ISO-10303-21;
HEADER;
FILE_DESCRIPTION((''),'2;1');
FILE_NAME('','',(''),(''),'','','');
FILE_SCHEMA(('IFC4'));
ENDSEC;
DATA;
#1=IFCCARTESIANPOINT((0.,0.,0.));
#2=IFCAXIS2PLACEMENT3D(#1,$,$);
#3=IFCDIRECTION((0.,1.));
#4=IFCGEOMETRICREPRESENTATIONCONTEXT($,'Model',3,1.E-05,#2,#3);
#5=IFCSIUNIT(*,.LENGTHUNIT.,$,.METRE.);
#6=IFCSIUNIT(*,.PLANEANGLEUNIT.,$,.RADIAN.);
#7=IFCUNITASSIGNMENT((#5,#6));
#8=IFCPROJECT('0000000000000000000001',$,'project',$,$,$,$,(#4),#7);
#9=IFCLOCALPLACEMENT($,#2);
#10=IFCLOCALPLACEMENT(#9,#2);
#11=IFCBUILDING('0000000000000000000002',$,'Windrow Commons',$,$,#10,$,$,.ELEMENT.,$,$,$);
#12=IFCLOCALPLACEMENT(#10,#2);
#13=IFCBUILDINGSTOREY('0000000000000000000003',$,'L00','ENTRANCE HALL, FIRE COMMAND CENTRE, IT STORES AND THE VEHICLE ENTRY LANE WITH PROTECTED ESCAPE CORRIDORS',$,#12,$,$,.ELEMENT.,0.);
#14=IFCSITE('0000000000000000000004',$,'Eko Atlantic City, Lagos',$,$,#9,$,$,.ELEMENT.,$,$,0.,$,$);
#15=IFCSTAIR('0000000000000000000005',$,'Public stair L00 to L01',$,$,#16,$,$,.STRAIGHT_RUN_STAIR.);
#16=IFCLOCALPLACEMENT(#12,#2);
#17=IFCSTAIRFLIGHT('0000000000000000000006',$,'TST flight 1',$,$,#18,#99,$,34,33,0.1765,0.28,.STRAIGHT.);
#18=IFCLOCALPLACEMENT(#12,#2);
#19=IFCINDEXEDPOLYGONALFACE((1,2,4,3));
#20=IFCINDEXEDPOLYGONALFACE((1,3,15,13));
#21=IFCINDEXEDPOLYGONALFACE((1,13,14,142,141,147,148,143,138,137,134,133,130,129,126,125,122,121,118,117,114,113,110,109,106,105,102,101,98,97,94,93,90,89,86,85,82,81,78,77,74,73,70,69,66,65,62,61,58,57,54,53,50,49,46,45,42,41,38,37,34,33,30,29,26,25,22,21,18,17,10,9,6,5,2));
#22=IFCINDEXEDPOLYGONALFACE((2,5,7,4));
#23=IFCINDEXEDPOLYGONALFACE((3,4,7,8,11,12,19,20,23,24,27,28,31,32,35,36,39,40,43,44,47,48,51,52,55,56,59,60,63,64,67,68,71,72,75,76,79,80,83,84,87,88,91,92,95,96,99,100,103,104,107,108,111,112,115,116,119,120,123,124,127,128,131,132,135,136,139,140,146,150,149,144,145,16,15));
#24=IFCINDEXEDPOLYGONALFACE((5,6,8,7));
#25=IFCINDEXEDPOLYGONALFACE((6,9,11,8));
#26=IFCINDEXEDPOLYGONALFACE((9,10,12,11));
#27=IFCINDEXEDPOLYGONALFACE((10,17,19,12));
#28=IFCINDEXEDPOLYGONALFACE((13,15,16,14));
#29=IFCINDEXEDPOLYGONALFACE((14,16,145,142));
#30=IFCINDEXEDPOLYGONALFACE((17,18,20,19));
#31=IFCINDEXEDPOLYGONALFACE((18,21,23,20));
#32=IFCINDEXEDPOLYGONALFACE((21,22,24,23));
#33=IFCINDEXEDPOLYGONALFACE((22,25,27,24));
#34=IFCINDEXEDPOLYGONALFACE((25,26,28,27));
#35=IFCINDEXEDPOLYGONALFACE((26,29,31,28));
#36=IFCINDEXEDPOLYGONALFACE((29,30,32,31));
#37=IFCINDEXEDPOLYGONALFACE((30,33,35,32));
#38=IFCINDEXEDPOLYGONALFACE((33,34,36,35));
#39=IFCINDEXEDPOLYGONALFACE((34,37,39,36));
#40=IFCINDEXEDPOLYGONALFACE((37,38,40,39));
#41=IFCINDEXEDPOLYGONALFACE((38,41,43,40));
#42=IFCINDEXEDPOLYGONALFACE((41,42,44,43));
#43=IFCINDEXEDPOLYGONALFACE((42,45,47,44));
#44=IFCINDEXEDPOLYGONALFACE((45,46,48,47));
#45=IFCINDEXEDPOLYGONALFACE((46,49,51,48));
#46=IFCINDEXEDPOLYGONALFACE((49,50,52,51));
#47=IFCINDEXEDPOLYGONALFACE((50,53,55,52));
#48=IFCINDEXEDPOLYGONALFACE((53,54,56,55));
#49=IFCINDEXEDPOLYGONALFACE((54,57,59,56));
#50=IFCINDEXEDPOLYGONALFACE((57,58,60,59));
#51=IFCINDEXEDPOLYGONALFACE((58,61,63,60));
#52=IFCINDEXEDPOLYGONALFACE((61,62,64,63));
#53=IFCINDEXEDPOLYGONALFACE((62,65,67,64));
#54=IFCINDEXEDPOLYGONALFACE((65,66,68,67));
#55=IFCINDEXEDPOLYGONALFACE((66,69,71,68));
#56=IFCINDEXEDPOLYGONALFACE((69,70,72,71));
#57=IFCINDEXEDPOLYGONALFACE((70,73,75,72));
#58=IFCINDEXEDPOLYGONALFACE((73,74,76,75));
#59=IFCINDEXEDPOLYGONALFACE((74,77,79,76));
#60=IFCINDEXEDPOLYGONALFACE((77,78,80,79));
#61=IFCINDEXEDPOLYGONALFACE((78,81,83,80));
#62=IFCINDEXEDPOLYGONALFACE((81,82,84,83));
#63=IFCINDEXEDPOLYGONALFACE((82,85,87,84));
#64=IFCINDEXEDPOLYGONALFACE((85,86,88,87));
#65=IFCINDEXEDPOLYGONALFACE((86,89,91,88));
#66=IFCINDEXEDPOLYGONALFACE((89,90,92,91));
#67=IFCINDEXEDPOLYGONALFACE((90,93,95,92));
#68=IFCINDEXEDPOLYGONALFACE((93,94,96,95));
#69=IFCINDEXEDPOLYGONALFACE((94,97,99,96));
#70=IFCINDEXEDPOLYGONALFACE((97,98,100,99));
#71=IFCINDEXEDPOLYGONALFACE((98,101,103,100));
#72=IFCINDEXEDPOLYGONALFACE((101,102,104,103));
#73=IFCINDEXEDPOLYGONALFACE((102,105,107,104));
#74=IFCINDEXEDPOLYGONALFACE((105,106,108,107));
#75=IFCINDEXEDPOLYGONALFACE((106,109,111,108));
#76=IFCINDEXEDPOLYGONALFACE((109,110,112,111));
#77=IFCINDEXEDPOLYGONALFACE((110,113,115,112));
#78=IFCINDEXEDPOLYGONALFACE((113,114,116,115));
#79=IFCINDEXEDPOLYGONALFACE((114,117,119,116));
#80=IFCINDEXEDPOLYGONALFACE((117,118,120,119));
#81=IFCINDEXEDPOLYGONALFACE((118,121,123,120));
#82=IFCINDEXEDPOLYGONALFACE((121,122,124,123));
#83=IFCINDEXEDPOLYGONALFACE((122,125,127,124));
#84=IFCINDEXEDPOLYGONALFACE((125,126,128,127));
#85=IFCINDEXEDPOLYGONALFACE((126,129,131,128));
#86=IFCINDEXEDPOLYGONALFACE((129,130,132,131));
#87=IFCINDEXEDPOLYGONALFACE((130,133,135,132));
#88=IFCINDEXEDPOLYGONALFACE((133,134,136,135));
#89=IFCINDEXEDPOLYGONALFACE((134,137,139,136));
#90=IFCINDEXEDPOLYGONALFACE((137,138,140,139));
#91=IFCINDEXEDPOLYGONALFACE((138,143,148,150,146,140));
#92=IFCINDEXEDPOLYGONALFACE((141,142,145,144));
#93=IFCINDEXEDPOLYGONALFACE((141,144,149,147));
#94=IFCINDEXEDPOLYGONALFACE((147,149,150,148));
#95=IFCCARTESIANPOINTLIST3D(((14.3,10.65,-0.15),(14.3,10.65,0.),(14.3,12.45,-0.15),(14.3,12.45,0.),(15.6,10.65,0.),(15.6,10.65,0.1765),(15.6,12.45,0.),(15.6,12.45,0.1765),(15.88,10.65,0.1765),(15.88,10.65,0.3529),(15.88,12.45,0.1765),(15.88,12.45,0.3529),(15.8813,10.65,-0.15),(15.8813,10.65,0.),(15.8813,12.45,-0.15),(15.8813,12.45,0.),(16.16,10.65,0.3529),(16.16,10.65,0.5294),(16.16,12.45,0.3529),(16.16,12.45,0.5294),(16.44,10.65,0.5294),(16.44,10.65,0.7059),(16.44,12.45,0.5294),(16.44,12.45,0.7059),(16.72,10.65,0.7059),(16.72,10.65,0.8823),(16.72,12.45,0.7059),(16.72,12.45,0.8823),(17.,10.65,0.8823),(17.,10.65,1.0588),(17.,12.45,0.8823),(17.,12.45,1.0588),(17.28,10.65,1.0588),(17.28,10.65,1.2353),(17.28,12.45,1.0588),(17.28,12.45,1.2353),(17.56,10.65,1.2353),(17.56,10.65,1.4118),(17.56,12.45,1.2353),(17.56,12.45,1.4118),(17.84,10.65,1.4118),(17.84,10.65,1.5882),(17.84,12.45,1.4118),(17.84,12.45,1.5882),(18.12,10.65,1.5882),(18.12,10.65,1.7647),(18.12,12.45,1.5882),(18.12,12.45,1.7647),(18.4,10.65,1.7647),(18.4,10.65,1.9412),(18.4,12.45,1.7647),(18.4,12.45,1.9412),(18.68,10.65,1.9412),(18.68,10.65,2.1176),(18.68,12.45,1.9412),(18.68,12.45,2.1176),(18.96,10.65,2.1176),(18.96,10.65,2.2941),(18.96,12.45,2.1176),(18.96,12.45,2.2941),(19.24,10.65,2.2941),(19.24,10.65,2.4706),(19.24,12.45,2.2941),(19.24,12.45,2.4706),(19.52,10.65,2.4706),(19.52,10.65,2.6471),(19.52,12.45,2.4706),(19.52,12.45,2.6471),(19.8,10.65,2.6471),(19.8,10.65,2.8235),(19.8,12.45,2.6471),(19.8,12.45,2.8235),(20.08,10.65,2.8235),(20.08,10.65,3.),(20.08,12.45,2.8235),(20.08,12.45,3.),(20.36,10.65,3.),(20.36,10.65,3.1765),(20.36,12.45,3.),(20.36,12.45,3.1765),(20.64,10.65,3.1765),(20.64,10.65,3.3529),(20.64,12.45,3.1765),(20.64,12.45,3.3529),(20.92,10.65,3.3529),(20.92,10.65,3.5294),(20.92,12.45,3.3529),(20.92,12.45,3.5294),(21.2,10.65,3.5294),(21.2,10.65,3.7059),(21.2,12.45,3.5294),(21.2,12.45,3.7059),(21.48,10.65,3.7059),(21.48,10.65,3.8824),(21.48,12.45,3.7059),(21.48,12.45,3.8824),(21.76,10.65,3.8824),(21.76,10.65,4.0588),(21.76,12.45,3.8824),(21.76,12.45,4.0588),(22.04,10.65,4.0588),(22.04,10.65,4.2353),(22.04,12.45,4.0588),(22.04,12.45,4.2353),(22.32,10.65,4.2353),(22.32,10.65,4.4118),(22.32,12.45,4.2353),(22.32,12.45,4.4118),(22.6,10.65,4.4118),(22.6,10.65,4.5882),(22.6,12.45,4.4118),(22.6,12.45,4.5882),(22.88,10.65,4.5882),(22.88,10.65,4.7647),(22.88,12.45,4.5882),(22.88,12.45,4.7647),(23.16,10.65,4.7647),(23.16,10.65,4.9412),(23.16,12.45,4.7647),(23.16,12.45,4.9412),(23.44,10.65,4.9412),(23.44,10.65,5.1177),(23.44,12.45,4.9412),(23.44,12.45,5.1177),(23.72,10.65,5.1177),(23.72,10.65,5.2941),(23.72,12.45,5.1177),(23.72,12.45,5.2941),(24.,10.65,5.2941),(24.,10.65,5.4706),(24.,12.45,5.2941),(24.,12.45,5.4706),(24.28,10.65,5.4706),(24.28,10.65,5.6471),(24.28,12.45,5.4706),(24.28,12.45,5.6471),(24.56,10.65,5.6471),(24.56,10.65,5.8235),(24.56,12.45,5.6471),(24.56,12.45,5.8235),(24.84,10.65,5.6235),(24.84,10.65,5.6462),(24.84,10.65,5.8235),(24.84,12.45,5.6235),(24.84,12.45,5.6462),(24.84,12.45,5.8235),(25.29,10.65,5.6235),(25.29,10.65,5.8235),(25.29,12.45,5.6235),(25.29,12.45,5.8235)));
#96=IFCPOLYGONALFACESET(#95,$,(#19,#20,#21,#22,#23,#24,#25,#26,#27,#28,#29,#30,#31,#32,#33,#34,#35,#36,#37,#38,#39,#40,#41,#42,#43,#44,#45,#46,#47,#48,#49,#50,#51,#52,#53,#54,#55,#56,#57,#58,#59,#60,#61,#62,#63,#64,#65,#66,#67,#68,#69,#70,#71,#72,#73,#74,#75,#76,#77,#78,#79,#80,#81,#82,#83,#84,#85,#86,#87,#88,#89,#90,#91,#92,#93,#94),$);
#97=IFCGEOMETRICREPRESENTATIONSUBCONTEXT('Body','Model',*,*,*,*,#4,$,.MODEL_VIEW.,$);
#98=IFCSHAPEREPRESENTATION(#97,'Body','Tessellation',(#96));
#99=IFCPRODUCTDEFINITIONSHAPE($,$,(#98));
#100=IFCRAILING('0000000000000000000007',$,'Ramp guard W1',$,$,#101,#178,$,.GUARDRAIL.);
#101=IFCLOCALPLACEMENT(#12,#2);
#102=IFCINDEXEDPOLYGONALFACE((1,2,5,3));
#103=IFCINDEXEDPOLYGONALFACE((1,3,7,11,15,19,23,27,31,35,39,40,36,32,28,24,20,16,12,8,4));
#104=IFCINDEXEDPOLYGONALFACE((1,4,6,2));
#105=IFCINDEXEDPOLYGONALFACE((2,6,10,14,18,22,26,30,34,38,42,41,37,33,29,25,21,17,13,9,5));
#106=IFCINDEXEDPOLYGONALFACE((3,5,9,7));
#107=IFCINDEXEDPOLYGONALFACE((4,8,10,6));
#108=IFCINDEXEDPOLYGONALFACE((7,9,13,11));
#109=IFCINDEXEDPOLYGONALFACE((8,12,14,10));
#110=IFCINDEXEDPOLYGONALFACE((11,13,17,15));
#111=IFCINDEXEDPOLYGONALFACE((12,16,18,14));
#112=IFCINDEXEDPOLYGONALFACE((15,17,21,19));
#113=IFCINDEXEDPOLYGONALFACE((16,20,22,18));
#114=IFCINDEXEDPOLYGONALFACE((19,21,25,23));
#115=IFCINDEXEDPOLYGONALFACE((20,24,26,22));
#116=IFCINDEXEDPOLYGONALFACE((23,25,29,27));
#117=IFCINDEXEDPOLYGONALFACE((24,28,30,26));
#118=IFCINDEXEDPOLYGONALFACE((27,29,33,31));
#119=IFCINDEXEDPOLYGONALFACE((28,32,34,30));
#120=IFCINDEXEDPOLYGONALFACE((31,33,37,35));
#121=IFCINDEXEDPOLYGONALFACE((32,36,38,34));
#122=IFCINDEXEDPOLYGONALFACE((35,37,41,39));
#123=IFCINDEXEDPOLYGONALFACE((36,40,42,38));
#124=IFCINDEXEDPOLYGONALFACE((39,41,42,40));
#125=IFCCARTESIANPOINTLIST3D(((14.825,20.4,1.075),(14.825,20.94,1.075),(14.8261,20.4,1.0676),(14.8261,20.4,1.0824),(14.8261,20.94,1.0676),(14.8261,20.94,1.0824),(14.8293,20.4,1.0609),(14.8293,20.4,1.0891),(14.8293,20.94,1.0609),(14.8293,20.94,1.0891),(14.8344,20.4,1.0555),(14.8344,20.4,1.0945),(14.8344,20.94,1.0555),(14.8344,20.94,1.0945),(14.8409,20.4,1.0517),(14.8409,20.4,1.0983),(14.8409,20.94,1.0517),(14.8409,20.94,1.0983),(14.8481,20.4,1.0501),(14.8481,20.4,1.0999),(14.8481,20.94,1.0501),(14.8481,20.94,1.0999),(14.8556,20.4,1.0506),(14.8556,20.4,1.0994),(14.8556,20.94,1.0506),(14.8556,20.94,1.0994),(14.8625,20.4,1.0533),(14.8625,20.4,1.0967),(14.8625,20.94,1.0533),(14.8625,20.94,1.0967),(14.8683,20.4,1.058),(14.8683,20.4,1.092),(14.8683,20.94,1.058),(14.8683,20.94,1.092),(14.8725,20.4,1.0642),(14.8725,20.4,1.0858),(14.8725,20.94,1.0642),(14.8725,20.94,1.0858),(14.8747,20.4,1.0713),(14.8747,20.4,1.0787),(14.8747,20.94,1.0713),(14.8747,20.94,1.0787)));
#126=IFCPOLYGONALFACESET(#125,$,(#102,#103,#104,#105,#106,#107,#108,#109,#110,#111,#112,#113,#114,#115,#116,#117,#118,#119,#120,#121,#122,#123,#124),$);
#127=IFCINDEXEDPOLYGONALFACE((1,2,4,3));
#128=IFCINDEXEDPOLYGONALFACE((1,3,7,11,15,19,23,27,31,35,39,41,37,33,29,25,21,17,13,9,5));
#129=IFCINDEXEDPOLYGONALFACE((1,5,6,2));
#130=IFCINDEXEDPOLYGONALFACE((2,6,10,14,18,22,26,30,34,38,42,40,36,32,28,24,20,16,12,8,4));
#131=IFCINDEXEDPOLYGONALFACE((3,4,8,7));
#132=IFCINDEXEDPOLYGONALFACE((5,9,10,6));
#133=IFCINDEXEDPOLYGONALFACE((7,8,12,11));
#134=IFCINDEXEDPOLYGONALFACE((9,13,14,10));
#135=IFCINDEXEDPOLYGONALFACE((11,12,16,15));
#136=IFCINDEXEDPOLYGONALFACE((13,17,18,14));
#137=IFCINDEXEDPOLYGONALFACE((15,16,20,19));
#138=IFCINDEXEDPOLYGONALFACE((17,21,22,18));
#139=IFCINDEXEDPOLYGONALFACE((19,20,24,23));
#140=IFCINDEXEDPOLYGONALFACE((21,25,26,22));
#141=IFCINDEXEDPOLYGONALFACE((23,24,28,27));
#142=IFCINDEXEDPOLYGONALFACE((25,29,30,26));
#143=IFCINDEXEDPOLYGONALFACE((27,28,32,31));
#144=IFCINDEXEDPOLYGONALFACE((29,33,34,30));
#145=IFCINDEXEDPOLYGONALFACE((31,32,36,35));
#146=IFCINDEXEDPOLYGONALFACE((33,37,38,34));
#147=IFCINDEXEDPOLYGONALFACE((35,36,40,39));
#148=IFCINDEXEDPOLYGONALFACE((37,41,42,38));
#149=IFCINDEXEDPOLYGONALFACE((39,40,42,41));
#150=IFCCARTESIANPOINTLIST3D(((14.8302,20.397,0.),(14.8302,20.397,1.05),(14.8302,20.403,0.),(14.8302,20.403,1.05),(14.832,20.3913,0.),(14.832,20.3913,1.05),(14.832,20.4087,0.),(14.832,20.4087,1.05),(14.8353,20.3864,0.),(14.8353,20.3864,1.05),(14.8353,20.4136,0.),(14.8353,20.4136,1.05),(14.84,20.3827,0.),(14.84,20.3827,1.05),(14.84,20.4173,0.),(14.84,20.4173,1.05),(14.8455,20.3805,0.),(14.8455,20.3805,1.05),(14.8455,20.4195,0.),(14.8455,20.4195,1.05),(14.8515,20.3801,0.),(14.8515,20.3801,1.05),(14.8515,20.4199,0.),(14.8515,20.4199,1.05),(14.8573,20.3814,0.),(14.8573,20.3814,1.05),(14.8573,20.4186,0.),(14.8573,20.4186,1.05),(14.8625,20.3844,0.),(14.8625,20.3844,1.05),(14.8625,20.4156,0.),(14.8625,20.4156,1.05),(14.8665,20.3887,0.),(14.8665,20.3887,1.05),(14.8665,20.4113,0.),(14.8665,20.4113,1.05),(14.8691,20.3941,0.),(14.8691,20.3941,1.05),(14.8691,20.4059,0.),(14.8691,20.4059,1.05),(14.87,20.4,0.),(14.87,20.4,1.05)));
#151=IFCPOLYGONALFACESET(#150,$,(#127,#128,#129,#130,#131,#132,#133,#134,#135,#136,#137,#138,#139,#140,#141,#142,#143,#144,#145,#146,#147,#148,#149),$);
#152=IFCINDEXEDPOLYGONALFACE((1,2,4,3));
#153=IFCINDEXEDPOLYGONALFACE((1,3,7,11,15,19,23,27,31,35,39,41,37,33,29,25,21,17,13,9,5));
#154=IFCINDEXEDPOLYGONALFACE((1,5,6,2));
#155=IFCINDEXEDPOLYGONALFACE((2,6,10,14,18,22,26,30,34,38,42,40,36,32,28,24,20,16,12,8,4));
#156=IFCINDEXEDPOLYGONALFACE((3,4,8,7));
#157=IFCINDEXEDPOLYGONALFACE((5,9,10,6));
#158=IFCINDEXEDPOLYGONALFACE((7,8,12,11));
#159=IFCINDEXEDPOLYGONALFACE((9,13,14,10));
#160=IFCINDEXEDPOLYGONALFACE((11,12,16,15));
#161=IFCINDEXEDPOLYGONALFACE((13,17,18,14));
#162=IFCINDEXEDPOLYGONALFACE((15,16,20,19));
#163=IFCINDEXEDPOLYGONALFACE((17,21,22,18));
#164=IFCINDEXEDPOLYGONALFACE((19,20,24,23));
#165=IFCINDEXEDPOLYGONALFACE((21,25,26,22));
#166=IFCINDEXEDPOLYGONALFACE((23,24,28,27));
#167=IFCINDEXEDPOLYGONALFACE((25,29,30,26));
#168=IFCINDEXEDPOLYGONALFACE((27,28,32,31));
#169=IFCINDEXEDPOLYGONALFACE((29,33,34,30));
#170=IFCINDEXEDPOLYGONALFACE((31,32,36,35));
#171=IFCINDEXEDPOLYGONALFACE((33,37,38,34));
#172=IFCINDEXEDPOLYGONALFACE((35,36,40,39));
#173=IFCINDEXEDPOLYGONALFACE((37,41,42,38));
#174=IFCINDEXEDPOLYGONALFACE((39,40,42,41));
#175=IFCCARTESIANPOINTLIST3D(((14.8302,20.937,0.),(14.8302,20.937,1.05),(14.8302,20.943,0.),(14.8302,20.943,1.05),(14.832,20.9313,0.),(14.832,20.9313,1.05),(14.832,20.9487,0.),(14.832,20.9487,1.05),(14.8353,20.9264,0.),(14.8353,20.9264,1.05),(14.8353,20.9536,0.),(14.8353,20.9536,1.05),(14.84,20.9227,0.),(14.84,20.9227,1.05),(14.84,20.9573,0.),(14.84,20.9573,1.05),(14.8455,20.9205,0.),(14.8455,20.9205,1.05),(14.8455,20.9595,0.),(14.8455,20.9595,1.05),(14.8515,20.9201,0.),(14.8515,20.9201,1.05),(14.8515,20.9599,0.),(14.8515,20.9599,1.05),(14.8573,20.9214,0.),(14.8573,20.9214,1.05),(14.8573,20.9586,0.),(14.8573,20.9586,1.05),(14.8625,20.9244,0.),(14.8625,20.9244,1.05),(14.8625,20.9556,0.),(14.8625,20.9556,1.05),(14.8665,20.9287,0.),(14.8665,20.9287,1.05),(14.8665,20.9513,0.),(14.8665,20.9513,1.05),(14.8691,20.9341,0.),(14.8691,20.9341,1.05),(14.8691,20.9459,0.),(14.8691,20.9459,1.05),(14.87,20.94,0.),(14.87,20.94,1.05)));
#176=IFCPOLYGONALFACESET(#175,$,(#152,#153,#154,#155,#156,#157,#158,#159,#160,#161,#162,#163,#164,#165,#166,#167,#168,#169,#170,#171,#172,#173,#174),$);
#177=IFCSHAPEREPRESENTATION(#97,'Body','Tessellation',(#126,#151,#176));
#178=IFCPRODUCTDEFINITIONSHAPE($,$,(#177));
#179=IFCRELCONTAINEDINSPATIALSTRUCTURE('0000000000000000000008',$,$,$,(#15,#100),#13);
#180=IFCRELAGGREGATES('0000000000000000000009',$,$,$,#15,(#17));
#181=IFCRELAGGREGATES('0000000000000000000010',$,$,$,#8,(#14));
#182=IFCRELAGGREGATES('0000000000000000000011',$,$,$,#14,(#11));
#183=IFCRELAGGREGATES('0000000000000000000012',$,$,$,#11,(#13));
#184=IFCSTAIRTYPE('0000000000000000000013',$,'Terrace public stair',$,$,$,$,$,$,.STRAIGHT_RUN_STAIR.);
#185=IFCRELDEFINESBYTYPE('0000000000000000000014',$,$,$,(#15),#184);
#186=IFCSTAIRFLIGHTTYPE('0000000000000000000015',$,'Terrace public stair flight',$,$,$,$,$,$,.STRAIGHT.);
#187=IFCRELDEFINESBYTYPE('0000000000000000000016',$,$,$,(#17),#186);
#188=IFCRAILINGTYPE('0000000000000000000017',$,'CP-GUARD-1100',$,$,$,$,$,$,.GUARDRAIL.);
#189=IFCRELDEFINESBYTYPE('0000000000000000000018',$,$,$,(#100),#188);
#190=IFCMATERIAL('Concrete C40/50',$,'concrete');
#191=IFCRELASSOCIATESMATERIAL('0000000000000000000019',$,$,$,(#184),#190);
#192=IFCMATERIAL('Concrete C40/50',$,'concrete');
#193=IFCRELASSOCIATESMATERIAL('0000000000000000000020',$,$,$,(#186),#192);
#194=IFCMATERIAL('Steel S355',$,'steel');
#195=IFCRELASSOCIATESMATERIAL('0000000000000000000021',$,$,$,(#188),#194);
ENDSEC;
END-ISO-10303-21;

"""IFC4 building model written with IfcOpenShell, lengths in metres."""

from ifc_helpers import new_model, si_unit, direction, frame, origin, origin_2d, place, context, subcontext, project, spatial, polyline, circle, outline, extrude, material, type_object, element, aggregate, save


model = new_model("IFC4")

# Units and contexts
model_context = context("Model", 3, precision=1e-05, world=origin(), true_north=direction((0.0, 1.0)))
body_context = subcontext(model_context, "Body", "Model", "MODEL_VIEW")
ifc_project = project(units=[si_unit("LENGTHUNIT", "METRE"), si_unit("PLANEANGLEUNIT", "RADIAN")], contexts=[model_context])

# Site, building, storey
site_placement = place(None, origin())
site = spatial("IfcSite", under=ifc_project, at=site_placement, Name="Eko Atlantic City, Lagos", CompositionType="ELEMENT", RefElevation=0.0)
building_placement = place(site_placement, origin())
building = spatial("IfcBuilding", under=site, at=building_placement, Name="Windrow Commons", CompositionType="ELEMENT")
storey_placement = place(building_placement, origin())
storey = spatial("IfcBuildingStorey", under=building, at=storey_placement, Name="L00", Description="ENTRANCE HALL, FIRE COMMAND CENTRE, IT STORES AND THE VEHICLE ENTRY LANE WITH PROTECTED ESCAPE CORRIDORS", CompositionType="ELEMENT", Elevation=0.0)

# Stair, stair flight
ifc_material_1 = material(Name="Concrete C40/50", Category="concrete")
stair_type = type_object("IfcStairType", Name="Terrace public stair", PredefinedType="STRAIGHT_RUN_STAIR", material=ifc_material_1)
stair_placement = place(storey_placement, origin())
stair = element("IfcStair", 1, at=stair_placement, inside=storey, type_object=stair_type, Name="Public stair L00 to L01", PredefinedType="STRAIGHT_RUN_STAIR")
ifc_material_2 = material(Name="Concrete C40/50", Category="concrete")
stair_flight_type = type_object("IfcStairFlightType", Name="Terrace public stair flight", PredefinedType="STRAIGHT", material=ifc_material_2)
stair_flight_placement = place(storey_placement, frame((15.6, 11.55, 0.0), z_axis=(0.0, 0.0, 1.0), x_axis=(1.0, 0.0, 0.0)))
stair_flight = element("IfcStairFlight", 2, at=stair_flight_placement, type_object=stair_flight_type, Name="TST flight 1", NumberOfRisers=34, NumberOfTreads=33, PredefinedType="STRAIGHT", RiserHeight=0.1765, TreadLength=0.28, context=body_context, shape_type="SweptSolid", body=[
    extrude(outline(polyline([(-1.3, -0.15), (-1.3, 0.0), (0.0, 0.0), (0.0, 0.1765), (0.28, 0.1765), (0.28, 0.3529), (0.56, 0.3529), (0.56, 0.5294), (0.84, 0.5294), (0.84, 0.7059), (1.12, 0.7059), (1.12, 0.8823), (1.4, 0.8823), (1.4, 1.0588), (1.68, 1.0588), (1.68, 1.2353), (1.96, 1.2353), (1.96, 1.4118), (2.24, 1.4118), (2.24, 1.5882), (2.52, 1.5882), (2.52, 1.7647), (2.8, 1.7647), (2.8, 1.9412), (3.08, 1.9412), (3.08, 2.1176), (3.36, 2.1176), (3.36, 2.2941), (3.64, 2.2941), (3.64, 2.4706), (3.92, 2.4706), (3.92, 2.6471), (4.2, 2.6471), (4.2, 2.8235), (4.48, 2.8235), (4.48, 3.0), (4.76, 3.0), (4.76, 3.1765), (5.04, 3.1765), (5.04, 3.3529), (5.32, 3.3529), (5.32, 3.5294), (5.6, 3.5294), (5.6, 3.7059), (5.88, 3.7059), (5.88, 3.8824), (6.16, 3.8824), (6.16, 4.0588), (6.44, 4.0588), (6.44, 4.2353), (6.72, 4.2353), (6.72, 4.4118), (7.0, 4.4118), (7.0, 4.5882), (7.28, 4.5882), (7.28, 4.7647), (7.56, 4.7647), (7.56, 4.9412), (7.84, 4.9412), (7.84, 5.1177), (8.12, 5.1177), (8.12, 5.2941), (8.4, 5.2941), (8.4, 5.4706), (8.68, 5.4706), (8.68, 5.6471), (8.96, 5.6471), (8.96, 5.8235), (9.24, 5.8235), (9.69, 5.8235), (9.69, 5.6235), (9.24, 5.6235), (9.24, 5.6462), (0.2813, 0.0), (0.2813, -0.15), (-1.3, -0.15)])), frame((0.0, 0.9, 0.0), z_axis=(0.0, -1.0, 0.0), x_axis=(1.0, 0.0, 0.0)), (0.0, 0.0, 1.0), 1.8),
])
aggregate(stair, [stair_flight])

# Railing
ifc_material_3 = material(Name="Steel S355", Category="steel")
railing_type_1 = type_object("IfcRailingType", Name="CP-GUARD-1100", PredefinedType="GUARDRAIL", material=ifc_material_3)
railing_1_placement = place(storey_placement, frame((14.85, 20.4, 0.0)))
element("IfcRailing", 3, at=railing_1_placement, inside=storey, type_object=railing_type_1, Name="Ramp guard W1", PredefinedType="GUARDRAIL", context=body_context, shape_type="SweptSolid", body=[
    extrude(circle(Radius=0.025, at=origin_2d()), frame((0.0, 0.0, 1.075), z_axis=(0.0, 1.0, 0.0), x_axis=(-1.0, 0.0, 0.0)), (0.0, 0.0, 1.0), 0.54),
    extrude(circle(Radius=0.02, at=origin_2d()), origin(), (0.0, 0.0, 1.0), 1.05),
    extrude(circle(Radius=0.02, at=origin_2d()), frame((0.0, 0.54, 0.0)), (0.0, 0.0, 1.0), 1.05),
])

save(model, "model.ifc")
